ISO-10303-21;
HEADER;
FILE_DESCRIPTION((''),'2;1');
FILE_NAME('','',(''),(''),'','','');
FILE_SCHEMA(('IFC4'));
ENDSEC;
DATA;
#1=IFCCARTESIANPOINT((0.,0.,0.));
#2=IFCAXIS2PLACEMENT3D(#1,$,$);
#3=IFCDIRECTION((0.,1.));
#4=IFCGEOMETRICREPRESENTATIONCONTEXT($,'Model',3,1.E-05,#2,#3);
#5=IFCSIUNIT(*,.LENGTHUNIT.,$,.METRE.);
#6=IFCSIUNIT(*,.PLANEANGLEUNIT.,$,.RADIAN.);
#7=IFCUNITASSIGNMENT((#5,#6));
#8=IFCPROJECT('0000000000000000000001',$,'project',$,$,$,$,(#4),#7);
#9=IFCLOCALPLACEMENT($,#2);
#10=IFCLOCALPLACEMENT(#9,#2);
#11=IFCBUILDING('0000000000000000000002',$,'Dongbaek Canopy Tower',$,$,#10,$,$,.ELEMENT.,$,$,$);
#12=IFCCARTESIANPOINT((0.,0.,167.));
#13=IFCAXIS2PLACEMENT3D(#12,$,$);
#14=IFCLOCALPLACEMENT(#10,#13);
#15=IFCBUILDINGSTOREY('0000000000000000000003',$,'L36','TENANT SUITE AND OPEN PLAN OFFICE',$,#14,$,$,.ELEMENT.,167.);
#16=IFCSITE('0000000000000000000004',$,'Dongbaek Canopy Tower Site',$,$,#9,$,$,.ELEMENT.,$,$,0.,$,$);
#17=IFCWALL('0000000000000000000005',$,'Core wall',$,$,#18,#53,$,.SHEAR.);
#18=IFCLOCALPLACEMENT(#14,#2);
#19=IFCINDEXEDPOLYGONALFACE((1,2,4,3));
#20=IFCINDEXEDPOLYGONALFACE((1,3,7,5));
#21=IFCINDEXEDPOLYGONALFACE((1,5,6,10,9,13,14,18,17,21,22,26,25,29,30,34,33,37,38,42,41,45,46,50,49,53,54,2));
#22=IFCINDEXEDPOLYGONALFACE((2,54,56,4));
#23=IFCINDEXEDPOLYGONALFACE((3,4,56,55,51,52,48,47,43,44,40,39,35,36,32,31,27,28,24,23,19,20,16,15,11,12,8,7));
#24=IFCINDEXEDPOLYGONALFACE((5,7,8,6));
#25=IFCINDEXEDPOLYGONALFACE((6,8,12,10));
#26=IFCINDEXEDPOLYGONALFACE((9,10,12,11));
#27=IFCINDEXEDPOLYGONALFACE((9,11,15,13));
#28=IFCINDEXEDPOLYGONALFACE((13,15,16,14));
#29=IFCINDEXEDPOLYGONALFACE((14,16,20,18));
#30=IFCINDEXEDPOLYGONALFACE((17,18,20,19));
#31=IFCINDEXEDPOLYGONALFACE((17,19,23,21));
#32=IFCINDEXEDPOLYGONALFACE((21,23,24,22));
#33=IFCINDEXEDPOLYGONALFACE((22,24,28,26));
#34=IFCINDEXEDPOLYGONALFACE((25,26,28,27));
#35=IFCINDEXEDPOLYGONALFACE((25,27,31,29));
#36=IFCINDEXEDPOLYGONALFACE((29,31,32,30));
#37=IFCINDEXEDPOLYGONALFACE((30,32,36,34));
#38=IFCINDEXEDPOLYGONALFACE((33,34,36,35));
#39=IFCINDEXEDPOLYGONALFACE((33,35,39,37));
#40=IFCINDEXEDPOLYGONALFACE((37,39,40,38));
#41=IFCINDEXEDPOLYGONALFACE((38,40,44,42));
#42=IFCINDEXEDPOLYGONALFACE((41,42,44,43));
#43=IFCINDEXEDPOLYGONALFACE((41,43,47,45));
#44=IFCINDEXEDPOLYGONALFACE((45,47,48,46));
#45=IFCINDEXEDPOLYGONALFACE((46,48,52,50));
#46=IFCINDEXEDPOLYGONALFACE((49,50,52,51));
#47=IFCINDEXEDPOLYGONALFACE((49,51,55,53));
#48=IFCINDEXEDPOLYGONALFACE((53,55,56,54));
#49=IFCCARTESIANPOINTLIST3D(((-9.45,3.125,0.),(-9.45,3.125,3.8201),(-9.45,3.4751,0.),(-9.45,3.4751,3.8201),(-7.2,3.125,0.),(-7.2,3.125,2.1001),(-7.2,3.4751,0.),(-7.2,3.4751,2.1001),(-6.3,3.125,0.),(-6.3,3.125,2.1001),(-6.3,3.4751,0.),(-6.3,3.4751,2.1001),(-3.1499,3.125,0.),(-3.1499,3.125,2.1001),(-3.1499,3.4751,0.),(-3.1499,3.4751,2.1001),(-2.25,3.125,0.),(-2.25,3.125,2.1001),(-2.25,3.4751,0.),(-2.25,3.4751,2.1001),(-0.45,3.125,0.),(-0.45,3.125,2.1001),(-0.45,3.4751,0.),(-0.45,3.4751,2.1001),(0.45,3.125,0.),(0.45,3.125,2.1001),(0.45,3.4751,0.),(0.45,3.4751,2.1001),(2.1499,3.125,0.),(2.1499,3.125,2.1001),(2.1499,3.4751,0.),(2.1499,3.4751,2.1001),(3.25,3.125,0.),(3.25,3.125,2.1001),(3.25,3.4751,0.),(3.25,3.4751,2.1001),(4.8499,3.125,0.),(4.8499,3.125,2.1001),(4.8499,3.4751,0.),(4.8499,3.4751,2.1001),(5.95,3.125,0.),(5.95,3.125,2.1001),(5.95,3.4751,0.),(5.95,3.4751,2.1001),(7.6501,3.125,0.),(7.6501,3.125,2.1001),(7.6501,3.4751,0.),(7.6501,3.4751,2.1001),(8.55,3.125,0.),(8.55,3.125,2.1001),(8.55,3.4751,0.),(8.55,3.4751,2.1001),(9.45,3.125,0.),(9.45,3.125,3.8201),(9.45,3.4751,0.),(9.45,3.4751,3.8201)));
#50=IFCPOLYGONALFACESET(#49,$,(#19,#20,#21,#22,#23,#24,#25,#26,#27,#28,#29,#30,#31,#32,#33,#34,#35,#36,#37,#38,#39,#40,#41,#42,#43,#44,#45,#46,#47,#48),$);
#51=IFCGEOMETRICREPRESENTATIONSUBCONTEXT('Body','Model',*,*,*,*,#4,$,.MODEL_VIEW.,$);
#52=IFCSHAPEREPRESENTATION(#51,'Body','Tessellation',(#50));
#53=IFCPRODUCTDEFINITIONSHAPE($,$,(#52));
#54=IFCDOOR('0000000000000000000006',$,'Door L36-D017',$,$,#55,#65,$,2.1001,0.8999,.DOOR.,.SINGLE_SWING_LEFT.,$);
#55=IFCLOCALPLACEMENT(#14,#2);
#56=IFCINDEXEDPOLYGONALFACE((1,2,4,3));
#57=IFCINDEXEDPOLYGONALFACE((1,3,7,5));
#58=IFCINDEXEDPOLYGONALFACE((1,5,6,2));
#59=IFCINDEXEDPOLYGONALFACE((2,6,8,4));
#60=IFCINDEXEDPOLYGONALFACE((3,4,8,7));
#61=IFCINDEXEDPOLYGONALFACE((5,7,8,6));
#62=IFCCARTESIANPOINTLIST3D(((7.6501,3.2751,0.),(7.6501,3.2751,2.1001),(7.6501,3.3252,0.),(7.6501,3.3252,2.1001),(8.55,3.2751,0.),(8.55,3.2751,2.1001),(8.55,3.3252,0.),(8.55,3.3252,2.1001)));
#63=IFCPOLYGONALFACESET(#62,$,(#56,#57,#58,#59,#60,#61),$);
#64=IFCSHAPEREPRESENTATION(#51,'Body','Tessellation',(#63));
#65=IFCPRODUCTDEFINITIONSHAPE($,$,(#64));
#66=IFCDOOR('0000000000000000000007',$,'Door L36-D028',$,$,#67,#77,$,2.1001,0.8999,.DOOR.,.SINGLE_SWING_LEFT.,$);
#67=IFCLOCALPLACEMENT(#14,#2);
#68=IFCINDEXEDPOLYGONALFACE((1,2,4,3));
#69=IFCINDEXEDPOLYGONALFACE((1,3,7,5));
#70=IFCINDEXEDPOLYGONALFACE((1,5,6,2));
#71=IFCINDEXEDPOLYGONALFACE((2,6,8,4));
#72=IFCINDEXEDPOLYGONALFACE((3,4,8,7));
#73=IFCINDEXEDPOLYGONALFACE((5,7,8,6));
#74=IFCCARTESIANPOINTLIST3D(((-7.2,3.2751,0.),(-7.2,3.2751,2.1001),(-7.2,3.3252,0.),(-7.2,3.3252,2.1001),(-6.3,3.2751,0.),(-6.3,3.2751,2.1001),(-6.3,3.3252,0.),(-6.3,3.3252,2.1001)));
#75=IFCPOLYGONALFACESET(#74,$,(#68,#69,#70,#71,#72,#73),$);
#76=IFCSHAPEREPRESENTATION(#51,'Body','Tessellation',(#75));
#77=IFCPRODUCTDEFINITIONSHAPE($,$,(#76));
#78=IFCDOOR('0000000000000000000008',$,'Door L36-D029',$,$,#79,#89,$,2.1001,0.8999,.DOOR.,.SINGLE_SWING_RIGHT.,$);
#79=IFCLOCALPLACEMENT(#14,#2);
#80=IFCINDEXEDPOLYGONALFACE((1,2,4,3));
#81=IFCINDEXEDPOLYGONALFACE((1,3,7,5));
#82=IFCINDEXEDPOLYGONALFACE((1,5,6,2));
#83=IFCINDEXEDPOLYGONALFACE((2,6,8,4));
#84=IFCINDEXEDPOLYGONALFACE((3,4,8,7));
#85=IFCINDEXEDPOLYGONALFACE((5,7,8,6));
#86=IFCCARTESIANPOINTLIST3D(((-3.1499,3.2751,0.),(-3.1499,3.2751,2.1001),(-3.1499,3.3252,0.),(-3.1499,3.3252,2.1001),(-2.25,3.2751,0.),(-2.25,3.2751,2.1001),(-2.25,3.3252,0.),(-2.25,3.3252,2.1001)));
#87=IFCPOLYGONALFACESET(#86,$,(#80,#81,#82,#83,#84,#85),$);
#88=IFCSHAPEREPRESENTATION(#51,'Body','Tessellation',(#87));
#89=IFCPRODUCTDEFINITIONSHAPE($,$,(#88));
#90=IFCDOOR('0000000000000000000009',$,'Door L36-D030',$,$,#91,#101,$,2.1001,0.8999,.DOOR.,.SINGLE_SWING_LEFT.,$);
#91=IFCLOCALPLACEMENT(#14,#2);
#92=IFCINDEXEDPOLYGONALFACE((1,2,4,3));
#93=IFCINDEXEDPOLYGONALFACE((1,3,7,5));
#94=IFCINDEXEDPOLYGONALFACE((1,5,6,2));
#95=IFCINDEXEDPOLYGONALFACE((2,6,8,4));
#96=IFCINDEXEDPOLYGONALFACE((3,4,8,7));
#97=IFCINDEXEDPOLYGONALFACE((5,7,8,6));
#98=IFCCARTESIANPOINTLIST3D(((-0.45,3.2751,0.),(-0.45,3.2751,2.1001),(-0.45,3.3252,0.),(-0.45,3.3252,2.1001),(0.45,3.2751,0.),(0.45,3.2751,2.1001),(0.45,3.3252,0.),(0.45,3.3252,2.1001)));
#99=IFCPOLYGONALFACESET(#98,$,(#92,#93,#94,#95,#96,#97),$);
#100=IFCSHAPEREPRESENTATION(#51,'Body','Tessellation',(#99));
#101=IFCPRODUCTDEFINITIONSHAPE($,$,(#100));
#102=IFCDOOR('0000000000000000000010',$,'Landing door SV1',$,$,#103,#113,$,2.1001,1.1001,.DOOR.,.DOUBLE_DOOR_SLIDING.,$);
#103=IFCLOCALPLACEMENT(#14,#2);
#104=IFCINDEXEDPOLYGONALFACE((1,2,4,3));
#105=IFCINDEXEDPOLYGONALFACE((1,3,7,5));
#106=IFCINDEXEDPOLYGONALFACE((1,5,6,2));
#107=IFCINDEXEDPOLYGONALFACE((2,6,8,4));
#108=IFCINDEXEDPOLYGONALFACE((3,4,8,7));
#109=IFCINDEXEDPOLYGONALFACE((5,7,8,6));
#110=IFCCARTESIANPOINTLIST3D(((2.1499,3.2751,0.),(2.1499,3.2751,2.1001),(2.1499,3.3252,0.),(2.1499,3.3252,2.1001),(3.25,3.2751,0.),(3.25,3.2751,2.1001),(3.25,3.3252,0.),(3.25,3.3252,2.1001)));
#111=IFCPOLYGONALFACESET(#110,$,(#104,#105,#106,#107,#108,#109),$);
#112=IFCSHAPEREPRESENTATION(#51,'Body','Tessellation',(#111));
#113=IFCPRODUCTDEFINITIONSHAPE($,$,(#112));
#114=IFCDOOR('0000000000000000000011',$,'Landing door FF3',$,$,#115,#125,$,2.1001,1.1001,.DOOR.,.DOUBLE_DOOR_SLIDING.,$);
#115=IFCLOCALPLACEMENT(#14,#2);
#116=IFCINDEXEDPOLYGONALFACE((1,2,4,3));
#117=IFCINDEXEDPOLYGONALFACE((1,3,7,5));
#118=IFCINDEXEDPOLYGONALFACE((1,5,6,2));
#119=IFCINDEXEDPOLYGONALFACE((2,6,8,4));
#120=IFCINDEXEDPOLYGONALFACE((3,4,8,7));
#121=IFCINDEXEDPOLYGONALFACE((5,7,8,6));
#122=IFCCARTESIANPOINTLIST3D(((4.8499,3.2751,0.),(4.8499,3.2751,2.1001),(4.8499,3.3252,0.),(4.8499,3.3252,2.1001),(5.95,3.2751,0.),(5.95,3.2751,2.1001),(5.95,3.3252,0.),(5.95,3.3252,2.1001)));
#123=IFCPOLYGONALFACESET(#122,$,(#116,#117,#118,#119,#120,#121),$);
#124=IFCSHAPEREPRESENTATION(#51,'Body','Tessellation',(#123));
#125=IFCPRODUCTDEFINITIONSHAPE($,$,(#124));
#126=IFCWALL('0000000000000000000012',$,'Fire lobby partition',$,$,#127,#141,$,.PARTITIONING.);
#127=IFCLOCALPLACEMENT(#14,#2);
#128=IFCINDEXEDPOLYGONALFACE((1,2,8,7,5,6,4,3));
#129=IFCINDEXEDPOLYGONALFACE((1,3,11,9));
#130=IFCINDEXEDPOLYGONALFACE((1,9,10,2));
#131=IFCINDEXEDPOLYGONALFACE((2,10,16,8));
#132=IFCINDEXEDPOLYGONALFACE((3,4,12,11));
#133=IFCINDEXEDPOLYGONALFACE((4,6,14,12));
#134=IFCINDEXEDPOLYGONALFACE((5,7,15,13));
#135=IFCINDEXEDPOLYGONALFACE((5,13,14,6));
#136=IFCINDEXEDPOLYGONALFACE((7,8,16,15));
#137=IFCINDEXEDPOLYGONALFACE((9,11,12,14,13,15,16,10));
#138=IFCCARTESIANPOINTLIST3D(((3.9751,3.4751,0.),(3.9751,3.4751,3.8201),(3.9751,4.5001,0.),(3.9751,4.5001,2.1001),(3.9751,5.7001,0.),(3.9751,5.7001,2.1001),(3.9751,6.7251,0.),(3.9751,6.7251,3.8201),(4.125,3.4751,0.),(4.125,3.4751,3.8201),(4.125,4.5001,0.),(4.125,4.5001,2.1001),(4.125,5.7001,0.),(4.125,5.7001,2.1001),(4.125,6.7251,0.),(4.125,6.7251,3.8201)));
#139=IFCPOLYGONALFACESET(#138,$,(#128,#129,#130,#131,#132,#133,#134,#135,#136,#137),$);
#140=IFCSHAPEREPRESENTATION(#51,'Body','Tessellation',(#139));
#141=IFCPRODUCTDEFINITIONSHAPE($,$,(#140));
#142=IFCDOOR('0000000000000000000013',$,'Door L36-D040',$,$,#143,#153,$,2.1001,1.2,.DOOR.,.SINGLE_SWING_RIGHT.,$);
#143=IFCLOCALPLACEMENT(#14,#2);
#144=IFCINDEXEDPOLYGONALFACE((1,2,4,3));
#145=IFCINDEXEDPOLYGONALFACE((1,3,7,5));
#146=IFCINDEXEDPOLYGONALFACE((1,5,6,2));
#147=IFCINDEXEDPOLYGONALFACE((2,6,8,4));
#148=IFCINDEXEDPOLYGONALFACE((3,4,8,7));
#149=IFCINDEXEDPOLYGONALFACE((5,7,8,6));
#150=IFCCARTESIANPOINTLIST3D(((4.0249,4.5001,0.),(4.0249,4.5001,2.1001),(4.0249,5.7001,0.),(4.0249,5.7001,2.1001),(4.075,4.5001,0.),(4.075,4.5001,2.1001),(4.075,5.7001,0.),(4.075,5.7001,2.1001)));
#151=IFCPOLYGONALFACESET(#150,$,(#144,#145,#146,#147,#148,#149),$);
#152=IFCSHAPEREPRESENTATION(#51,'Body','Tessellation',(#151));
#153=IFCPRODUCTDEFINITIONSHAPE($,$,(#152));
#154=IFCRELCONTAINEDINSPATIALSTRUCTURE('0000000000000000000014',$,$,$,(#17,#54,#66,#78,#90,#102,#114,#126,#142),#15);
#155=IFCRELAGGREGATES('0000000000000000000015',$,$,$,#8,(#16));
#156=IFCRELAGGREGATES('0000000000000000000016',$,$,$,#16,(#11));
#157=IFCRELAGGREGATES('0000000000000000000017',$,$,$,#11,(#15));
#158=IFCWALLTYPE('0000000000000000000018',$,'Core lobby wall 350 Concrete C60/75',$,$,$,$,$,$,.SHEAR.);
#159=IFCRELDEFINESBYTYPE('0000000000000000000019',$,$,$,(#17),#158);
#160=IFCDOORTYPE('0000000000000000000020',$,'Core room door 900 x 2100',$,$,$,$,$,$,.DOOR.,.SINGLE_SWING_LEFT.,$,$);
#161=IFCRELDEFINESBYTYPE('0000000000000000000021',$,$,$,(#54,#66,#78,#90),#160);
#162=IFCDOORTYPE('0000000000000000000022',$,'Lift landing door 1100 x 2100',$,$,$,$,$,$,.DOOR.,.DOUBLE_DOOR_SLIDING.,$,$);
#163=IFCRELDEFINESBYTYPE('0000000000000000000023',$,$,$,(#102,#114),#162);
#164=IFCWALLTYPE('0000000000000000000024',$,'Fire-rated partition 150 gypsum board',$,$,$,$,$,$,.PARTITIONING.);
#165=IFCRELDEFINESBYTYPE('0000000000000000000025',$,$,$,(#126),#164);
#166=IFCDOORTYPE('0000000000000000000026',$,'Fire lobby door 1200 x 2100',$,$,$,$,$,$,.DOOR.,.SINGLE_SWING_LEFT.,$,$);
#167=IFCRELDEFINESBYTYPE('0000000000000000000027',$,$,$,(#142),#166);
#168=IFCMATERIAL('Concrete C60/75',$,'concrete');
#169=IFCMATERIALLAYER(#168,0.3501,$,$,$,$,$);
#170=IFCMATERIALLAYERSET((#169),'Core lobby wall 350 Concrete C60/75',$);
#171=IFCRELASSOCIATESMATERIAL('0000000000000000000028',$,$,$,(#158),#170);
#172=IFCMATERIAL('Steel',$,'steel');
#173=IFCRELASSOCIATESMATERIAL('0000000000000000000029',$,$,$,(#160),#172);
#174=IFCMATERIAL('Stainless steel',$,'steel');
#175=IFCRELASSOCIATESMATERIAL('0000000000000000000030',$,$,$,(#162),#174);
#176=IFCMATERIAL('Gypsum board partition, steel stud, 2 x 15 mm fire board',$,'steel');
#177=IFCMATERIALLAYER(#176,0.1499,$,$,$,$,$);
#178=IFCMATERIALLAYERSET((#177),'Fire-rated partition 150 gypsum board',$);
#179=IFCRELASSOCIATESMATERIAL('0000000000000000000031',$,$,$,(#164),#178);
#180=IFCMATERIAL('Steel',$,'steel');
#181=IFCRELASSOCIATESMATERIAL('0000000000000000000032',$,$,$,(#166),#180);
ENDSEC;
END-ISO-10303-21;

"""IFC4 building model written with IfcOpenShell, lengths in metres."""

from ifc_helpers import new_model, si_unit, direction, frame, frame_2d, origin, place, context, subcontext, project, spatial, rectangle, extrude, material, layer, layer_set, type_object, element, fill, save


model = new_model("IFC4")

# Units and contexts
model_context = context("Model", 3, precision=1e-05, world=origin(), true_north=direction((0.0, 1.0)))
body_context = subcontext(model_context, "Body", "Model", "MODEL_VIEW")
ifc_project = project(units=[si_unit("LENGTHUNIT", "METRE"), si_unit("PLANEANGLEUNIT", "RADIAN")], contexts=[model_context])

# Site, building, storey
site_placement = place(None, origin())
site = spatial("IfcSite", under=ifc_project, at=site_placement, Name="Dongbaek Canopy Tower Site", CompositionType="ELEMENT", RefElevation=0.0)
building_placement = place(site_placement, origin())
building = spatial("IfcBuilding", under=site, at=building_placement, Name="Dongbaek Canopy Tower", CompositionType="ELEMENT")
storey_placement = place(building_placement, frame((0.0, 0.0, 167.0)))
storey = spatial("IfcBuildingStorey", under=building, at=storey_placement, Name="L36", Description="TENANT SUITE AND OPEN PLAN OFFICE", CompositionType="ELEMENT", Elevation=167.0)

# Wall, openings, doors
ifc_material_1 = material(Name="Concrete C60/75", Category="concrete")
ifc_layer_1 = layer(ifc_material_1, 0.3501)
ifc_layer_set_1 = layer_set([ifc_layer_1], Name="Core lobby wall 350 Concrete C60/75")
wall_type_1 = type_object("IfcWallType", Name="Core lobby wall 350 Concrete C60/75", PredefinedType="SHEAR", material=ifc_layer_set_1)
wall_1_placement = place(storey_placement, frame((9.45, 3.3, 0.0), z_axis=(0.0, 0.0, 1.0), x_axis=(-1.0, 0.0, 0.0)))
wall_1 = element("IfcWall", 1, at=wall_1_placement, inside=storey, type_object=wall_type_1, Name="Core wall", PredefinedType="SHEAR", context=body_context, shape_type="SweptSolid", body=[
    extrude(rectangle(XDim=18.8999, YDim=0.3501, at=frame_2d((9.45, 0.0))), origin(), (0.0, 0.0, 1.0), 3.8201),
])
opening_1_placement = place(wall_1_placement, frame((6.2, 0.0, 0.0)))
opening_1 = element("IfcOpeningElement", 2, at=opening_1_placement, cuts=wall_1, PredefinedType="OPENING", context=body_context, shape_type="SweptSolid", body=[
    extrude(rectangle(XDim=1.1001, YDim=2.1001, at=frame_2d((0.55, 1.05))), frame((0.0, 0.1851, 0.0), z_axis=(0.0, -1.0, 0.0), x_axis=(1.0, 0.0, 0.0)), (0.0, 0.0, 1.0), 0.3701),
])
opening_2_placement = place(wall_1_placement, frame((3.5, 0.0, 0.0)))
opening_2 = element("IfcOpeningElement", 3, at=opening_2_placement, cuts=wall_1, PredefinedType="OPENING", context=body_context, shape_type="SweptSolid", body=[
    extrude(rectangle(XDim=1.1001, YDim=2.1001, at=frame_2d((0.55, 1.05))), frame((0.0, 0.1851, 0.0), z_axis=(0.0, -1.0, 0.0), x_axis=(1.0, 0.0, 0.0)), (0.0, 0.0, 1.0), 0.3701),
])
opening_3_placement = place(wall_1_placement, frame((0.8999, 0.0, 0.0)))
opening_3 = element("IfcOpeningElement", 4, at=opening_3_placement, cuts=wall_1, PredefinedType="OPENING", context=body_context, shape_type="SweptSolid", body=[
    extrude(rectangle(XDim=0.8999, YDim=2.1001, at=frame_2d((0.45, 1.05))), frame((0.0, 0.1851, 0.0), z_axis=(0.0, -1.0, 0.0), x_axis=(1.0, 0.0, 0.0)), (0.0, 0.0, 1.0), 0.3701),
])
opening_4_placement = place(wall_1_placement, frame((15.75, 0.0, 0.0)))
opening_4 = element("IfcOpeningElement", 5, at=opening_4_placement, cuts=wall_1, PredefinedType="OPENING", context=body_context, shape_type="SweptSolid", body=[
    extrude(rectangle(XDim=0.8999, YDim=2.1001, at=frame_2d((0.45, 1.05))), frame((0.0, 0.1851, 0.0), z_axis=(0.0, -1.0, 0.0), x_axis=(1.0, 0.0, 0.0)), (0.0, 0.0, 1.0), 0.3701),
])
opening_5_placement = place(wall_1_placement, frame((11.7, 0.0, 0.0)))
opening_5 = element("IfcOpeningElement", 6, at=opening_5_placement, cuts=wall_1, PredefinedType="OPENING", context=body_context, shape_type="SweptSolid", body=[
    extrude(rectangle(XDim=0.8999, YDim=2.1001, at=frame_2d((0.45, 1.05))), frame((0.0, 0.1851, 0.0), z_axis=(0.0, -1.0, 0.0), x_axis=(1.0, 0.0, 0.0)), (0.0, 0.0, 1.0), 0.3701),
])
opening_6_placement = place(wall_1_placement, frame((9.0, 0.0, 0.0)))
opening_6 = element("IfcOpeningElement", 7, at=opening_6_placement, cuts=wall_1, PredefinedType="OPENING", context=body_context, shape_type="SweptSolid", body=[
    extrude(rectangle(XDim=0.8999, YDim=2.1001, at=frame_2d((0.45, 1.05))), frame((0.0, 0.1851, 0.0), z_axis=(0.0, -1.0, 0.0), x_axis=(1.0, 0.0, 0.0)), (0.0, 0.0, 1.0), 0.3701),
])
ifc_material_2 = material(Name="Steel", Category="steel")
door_type_1 = type_object("IfcDoorType", Name="Core room door 900 x 2100", OperationType="SINGLE_SWING_LEFT", PredefinedType="DOOR", material=ifc_material_2)
door_1_placement = place(opening_3_placement, origin())
door_1 = element("IfcDoor", 8, at=door_1_placement, inside=storey, type_object=door_type_1, Name="Door L36-D017", OperationType="SINGLE_SWING_LEFT", OverallHeight=2.1001, OverallWidth=0.8999, PredefinedType="DOOR", context=body_context, shape_type="SweptSolid", body=[
    extrude(rectangle(XDim=0.8999, YDim=2.1001, at=frame_2d((0.45, 1.05))), frame((0.0, 0.0249, 0.0), z_axis=(0.0, -1.0, 0.0), x_axis=(1.0, 0.0, 0.0)), (0.0, 0.0, 1.0), 0.05),
])
fill(opening_3, door_1)
door_2_placement = place(opening_4_placement, origin())
door_2 = element("IfcDoor", 9, at=door_2_placement, inside=storey, type_object=door_type_1, Name="Door L36-D028", OperationType="SINGLE_SWING_LEFT", OverallHeight=2.1001, OverallWidth=0.8999, PredefinedType="DOOR", context=body_context, shape_type="SweptSolid", body=[
    extrude(rectangle(XDim=0.8999, YDim=2.1001, at=frame_2d((0.45, 1.05))), frame((0.0, 0.0249, 0.0), z_axis=(0.0, -1.0, 0.0), x_axis=(1.0, 0.0, 0.0)), (0.0, 0.0, 1.0), 0.05),
])
fill(opening_4, door_2)
door_3_placement = place(opening_5_placement, origin())
door_3 = element("IfcDoor", 10, at=door_3_placement, inside=storey, type_object=door_type_1, Name="Door L36-D029", OperationType="SINGLE_SWING_RIGHT", OverallHeight=2.1001, OverallWidth=0.8999, PredefinedType="DOOR", context=body_context, shape_type="SweptSolid", body=[
    extrude(rectangle(XDim=0.8999, YDim=2.1001, at=frame_2d((0.45, 1.05))), frame((0.0, 0.0249, 0.0), z_axis=(0.0, -1.0, 0.0), x_axis=(1.0, 0.0, 0.0)), (0.0, 0.0, 1.0), 0.05),
])
fill(opening_5, door_3)
door_4_placement = place(opening_6_placement, origin())
door_4 = element("IfcDoor", 11, at=door_4_placement, inside=storey, type_object=door_type_1, Name="Door L36-D030", OperationType="SINGLE_SWING_LEFT", OverallHeight=2.1001, OverallWidth=0.8999, PredefinedType="DOOR", context=body_context, shape_type="SweptSolid", body=[
    extrude(rectangle(XDim=0.8999, YDim=2.1001, at=frame_2d((0.45, 1.05))), frame((0.0, 0.0249, 0.0), z_axis=(0.0, -1.0, 0.0), x_axis=(1.0, 0.0, 0.0)), (0.0, 0.0, 1.0), 0.05),
])
fill(opening_6, door_4)
ifc_material_3 = material(Name="Stainless steel", Category="steel")
door_type_2 = type_object("IfcDoorType", Name="Lift landing door 1100 x 2100", OperationType="DOUBLE_DOOR_SLIDING", PredefinedType="DOOR", material=ifc_material_3)
door_5_placement = place(opening_1_placement, origin())
door_5 = element("IfcDoor", 12, at=door_5_placement, inside=storey, type_object=door_type_2, Name="Landing door SV1", OperationType="DOUBLE_DOOR_SLIDING", OverallHeight=2.1001, OverallWidth=1.1001, PredefinedType="DOOR", context=body_context, shape_type="SweptSolid", body=[
    extrude(rectangle(XDim=1.1001, YDim=2.1001, at=frame_2d((0.55, 1.05))), frame((0.0, 0.0249, 0.0), z_axis=(0.0, -1.0, 0.0), x_axis=(1.0, 0.0, 0.0)), (0.0, 0.0, 1.0), 0.05),
])
fill(opening_1, door_5)
door_6_placement = place(opening_2_placement, origin())
door_6 = element("IfcDoor", 13, at=door_6_placement, inside=storey, type_object=door_type_2, Name="Landing door FF3", OperationType="DOUBLE_DOOR_SLIDING", OverallHeight=2.1001, OverallWidth=1.1001, PredefinedType="DOOR", context=body_context, shape_type="SweptSolid", body=[
    extrude(rectangle(XDim=1.1001, YDim=2.1001, at=frame_2d((0.55, 1.05))), frame((0.0, 0.0249, 0.0), z_axis=(0.0, -1.0, 0.0), x_axis=(1.0, 0.0, 0.0)), (0.0, 0.0, 1.0), 0.05),
])
fill(opening_2, door_6)

# Wall, opening, door
ifc_material_4 = material(Name="Gypsum board partition, steel stud, 2 x 15 mm fire board", Category="steel")
ifc_layer_2 = layer(ifc_material_4, 0.1499)
ifc_layer_set_2 = layer_set([ifc_layer_2], Name="Fire-rated partition 150 gypsum board")
wall_type_2 = type_object("IfcWallType", Name="Fire-rated partition 150 gypsum board", PredefinedType="PARTITIONING", material=ifc_layer_set_2)
wall_2_placement = place(storey_placement, frame((4.05, 6.7251, 0.0), z_axis=(0.0, 0.0, 1.0), x_axis=(0.0, -1.0, 0.0)))
wall_2 = element("IfcWall", 14, at=wall_2_placement, inside=storey, type_object=wall_type_2, Name="Fire lobby partition", PredefinedType="PARTITIONING", context=body_context, shape_type="SweptSolid", body=[
    extrude(rectangle(XDim=3.25, YDim=0.1499, at=frame_2d((1.625, 0.0))), origin(), (0.0, 0.0, 1.0), 3.8201),
])
opening_7_placement = place(wall_2_placement, frame((1.0249, 0.0, 0.0)))
opening_7 = element("IfcOpeningElement", 15, at=opening_7_placement, cuts=wall_2, PredefinedType="OPENING", context=body_context, shape_type="SweptSolid", body=[
    extrude(rectangle(XDim=1.2, YDim=2.1001, at=frame_2d((0.6001, 1.05))), frame((0.0, 0.085, 0.0), z_axis=(0.0, -1.0, 0.0), x_axis=(1.0, 0.0, 0.0)), (0.0, 0.0, 1.0), 0.1699),
])
ifc_material_5 = material(Name="Steel", Category="steel")
door_type_3 = type_object("IfcDoorType", Name="Fire lobby door 1200 x 2100", OperationType="SINGLE_SWING_LEFT", PredefinedType="DOOR", material=ifc_material_5)
door_7_placement = place(opening_7_placement, origin())
door_7 = element("IfcDoor", 16, at=door_7_placement, inside=storey, type_object=door_type_3, Name="Door L36-D040", OperationType="SINGLE_SWING_RIGHT", OverallHeight=2.1001, OverallWidth=1.2, PredefinedType="DOOR", context=body_context, shape_type="SweptSolid", body=[
    extrude(rectangle(XDim=1.2, YDim=2.1001, at=frame_2d((0.6001, 1.05))), frame((0.0, 0.0249, 0.0), z_axis=(0.0, -1.0, 0.0), x_axis=(1.0, 0.0, 0.0)), (0.0, 0.0, 1.0), 0.05),
])
fill(opening_7, door_7)

save(model, "model.ifc")
